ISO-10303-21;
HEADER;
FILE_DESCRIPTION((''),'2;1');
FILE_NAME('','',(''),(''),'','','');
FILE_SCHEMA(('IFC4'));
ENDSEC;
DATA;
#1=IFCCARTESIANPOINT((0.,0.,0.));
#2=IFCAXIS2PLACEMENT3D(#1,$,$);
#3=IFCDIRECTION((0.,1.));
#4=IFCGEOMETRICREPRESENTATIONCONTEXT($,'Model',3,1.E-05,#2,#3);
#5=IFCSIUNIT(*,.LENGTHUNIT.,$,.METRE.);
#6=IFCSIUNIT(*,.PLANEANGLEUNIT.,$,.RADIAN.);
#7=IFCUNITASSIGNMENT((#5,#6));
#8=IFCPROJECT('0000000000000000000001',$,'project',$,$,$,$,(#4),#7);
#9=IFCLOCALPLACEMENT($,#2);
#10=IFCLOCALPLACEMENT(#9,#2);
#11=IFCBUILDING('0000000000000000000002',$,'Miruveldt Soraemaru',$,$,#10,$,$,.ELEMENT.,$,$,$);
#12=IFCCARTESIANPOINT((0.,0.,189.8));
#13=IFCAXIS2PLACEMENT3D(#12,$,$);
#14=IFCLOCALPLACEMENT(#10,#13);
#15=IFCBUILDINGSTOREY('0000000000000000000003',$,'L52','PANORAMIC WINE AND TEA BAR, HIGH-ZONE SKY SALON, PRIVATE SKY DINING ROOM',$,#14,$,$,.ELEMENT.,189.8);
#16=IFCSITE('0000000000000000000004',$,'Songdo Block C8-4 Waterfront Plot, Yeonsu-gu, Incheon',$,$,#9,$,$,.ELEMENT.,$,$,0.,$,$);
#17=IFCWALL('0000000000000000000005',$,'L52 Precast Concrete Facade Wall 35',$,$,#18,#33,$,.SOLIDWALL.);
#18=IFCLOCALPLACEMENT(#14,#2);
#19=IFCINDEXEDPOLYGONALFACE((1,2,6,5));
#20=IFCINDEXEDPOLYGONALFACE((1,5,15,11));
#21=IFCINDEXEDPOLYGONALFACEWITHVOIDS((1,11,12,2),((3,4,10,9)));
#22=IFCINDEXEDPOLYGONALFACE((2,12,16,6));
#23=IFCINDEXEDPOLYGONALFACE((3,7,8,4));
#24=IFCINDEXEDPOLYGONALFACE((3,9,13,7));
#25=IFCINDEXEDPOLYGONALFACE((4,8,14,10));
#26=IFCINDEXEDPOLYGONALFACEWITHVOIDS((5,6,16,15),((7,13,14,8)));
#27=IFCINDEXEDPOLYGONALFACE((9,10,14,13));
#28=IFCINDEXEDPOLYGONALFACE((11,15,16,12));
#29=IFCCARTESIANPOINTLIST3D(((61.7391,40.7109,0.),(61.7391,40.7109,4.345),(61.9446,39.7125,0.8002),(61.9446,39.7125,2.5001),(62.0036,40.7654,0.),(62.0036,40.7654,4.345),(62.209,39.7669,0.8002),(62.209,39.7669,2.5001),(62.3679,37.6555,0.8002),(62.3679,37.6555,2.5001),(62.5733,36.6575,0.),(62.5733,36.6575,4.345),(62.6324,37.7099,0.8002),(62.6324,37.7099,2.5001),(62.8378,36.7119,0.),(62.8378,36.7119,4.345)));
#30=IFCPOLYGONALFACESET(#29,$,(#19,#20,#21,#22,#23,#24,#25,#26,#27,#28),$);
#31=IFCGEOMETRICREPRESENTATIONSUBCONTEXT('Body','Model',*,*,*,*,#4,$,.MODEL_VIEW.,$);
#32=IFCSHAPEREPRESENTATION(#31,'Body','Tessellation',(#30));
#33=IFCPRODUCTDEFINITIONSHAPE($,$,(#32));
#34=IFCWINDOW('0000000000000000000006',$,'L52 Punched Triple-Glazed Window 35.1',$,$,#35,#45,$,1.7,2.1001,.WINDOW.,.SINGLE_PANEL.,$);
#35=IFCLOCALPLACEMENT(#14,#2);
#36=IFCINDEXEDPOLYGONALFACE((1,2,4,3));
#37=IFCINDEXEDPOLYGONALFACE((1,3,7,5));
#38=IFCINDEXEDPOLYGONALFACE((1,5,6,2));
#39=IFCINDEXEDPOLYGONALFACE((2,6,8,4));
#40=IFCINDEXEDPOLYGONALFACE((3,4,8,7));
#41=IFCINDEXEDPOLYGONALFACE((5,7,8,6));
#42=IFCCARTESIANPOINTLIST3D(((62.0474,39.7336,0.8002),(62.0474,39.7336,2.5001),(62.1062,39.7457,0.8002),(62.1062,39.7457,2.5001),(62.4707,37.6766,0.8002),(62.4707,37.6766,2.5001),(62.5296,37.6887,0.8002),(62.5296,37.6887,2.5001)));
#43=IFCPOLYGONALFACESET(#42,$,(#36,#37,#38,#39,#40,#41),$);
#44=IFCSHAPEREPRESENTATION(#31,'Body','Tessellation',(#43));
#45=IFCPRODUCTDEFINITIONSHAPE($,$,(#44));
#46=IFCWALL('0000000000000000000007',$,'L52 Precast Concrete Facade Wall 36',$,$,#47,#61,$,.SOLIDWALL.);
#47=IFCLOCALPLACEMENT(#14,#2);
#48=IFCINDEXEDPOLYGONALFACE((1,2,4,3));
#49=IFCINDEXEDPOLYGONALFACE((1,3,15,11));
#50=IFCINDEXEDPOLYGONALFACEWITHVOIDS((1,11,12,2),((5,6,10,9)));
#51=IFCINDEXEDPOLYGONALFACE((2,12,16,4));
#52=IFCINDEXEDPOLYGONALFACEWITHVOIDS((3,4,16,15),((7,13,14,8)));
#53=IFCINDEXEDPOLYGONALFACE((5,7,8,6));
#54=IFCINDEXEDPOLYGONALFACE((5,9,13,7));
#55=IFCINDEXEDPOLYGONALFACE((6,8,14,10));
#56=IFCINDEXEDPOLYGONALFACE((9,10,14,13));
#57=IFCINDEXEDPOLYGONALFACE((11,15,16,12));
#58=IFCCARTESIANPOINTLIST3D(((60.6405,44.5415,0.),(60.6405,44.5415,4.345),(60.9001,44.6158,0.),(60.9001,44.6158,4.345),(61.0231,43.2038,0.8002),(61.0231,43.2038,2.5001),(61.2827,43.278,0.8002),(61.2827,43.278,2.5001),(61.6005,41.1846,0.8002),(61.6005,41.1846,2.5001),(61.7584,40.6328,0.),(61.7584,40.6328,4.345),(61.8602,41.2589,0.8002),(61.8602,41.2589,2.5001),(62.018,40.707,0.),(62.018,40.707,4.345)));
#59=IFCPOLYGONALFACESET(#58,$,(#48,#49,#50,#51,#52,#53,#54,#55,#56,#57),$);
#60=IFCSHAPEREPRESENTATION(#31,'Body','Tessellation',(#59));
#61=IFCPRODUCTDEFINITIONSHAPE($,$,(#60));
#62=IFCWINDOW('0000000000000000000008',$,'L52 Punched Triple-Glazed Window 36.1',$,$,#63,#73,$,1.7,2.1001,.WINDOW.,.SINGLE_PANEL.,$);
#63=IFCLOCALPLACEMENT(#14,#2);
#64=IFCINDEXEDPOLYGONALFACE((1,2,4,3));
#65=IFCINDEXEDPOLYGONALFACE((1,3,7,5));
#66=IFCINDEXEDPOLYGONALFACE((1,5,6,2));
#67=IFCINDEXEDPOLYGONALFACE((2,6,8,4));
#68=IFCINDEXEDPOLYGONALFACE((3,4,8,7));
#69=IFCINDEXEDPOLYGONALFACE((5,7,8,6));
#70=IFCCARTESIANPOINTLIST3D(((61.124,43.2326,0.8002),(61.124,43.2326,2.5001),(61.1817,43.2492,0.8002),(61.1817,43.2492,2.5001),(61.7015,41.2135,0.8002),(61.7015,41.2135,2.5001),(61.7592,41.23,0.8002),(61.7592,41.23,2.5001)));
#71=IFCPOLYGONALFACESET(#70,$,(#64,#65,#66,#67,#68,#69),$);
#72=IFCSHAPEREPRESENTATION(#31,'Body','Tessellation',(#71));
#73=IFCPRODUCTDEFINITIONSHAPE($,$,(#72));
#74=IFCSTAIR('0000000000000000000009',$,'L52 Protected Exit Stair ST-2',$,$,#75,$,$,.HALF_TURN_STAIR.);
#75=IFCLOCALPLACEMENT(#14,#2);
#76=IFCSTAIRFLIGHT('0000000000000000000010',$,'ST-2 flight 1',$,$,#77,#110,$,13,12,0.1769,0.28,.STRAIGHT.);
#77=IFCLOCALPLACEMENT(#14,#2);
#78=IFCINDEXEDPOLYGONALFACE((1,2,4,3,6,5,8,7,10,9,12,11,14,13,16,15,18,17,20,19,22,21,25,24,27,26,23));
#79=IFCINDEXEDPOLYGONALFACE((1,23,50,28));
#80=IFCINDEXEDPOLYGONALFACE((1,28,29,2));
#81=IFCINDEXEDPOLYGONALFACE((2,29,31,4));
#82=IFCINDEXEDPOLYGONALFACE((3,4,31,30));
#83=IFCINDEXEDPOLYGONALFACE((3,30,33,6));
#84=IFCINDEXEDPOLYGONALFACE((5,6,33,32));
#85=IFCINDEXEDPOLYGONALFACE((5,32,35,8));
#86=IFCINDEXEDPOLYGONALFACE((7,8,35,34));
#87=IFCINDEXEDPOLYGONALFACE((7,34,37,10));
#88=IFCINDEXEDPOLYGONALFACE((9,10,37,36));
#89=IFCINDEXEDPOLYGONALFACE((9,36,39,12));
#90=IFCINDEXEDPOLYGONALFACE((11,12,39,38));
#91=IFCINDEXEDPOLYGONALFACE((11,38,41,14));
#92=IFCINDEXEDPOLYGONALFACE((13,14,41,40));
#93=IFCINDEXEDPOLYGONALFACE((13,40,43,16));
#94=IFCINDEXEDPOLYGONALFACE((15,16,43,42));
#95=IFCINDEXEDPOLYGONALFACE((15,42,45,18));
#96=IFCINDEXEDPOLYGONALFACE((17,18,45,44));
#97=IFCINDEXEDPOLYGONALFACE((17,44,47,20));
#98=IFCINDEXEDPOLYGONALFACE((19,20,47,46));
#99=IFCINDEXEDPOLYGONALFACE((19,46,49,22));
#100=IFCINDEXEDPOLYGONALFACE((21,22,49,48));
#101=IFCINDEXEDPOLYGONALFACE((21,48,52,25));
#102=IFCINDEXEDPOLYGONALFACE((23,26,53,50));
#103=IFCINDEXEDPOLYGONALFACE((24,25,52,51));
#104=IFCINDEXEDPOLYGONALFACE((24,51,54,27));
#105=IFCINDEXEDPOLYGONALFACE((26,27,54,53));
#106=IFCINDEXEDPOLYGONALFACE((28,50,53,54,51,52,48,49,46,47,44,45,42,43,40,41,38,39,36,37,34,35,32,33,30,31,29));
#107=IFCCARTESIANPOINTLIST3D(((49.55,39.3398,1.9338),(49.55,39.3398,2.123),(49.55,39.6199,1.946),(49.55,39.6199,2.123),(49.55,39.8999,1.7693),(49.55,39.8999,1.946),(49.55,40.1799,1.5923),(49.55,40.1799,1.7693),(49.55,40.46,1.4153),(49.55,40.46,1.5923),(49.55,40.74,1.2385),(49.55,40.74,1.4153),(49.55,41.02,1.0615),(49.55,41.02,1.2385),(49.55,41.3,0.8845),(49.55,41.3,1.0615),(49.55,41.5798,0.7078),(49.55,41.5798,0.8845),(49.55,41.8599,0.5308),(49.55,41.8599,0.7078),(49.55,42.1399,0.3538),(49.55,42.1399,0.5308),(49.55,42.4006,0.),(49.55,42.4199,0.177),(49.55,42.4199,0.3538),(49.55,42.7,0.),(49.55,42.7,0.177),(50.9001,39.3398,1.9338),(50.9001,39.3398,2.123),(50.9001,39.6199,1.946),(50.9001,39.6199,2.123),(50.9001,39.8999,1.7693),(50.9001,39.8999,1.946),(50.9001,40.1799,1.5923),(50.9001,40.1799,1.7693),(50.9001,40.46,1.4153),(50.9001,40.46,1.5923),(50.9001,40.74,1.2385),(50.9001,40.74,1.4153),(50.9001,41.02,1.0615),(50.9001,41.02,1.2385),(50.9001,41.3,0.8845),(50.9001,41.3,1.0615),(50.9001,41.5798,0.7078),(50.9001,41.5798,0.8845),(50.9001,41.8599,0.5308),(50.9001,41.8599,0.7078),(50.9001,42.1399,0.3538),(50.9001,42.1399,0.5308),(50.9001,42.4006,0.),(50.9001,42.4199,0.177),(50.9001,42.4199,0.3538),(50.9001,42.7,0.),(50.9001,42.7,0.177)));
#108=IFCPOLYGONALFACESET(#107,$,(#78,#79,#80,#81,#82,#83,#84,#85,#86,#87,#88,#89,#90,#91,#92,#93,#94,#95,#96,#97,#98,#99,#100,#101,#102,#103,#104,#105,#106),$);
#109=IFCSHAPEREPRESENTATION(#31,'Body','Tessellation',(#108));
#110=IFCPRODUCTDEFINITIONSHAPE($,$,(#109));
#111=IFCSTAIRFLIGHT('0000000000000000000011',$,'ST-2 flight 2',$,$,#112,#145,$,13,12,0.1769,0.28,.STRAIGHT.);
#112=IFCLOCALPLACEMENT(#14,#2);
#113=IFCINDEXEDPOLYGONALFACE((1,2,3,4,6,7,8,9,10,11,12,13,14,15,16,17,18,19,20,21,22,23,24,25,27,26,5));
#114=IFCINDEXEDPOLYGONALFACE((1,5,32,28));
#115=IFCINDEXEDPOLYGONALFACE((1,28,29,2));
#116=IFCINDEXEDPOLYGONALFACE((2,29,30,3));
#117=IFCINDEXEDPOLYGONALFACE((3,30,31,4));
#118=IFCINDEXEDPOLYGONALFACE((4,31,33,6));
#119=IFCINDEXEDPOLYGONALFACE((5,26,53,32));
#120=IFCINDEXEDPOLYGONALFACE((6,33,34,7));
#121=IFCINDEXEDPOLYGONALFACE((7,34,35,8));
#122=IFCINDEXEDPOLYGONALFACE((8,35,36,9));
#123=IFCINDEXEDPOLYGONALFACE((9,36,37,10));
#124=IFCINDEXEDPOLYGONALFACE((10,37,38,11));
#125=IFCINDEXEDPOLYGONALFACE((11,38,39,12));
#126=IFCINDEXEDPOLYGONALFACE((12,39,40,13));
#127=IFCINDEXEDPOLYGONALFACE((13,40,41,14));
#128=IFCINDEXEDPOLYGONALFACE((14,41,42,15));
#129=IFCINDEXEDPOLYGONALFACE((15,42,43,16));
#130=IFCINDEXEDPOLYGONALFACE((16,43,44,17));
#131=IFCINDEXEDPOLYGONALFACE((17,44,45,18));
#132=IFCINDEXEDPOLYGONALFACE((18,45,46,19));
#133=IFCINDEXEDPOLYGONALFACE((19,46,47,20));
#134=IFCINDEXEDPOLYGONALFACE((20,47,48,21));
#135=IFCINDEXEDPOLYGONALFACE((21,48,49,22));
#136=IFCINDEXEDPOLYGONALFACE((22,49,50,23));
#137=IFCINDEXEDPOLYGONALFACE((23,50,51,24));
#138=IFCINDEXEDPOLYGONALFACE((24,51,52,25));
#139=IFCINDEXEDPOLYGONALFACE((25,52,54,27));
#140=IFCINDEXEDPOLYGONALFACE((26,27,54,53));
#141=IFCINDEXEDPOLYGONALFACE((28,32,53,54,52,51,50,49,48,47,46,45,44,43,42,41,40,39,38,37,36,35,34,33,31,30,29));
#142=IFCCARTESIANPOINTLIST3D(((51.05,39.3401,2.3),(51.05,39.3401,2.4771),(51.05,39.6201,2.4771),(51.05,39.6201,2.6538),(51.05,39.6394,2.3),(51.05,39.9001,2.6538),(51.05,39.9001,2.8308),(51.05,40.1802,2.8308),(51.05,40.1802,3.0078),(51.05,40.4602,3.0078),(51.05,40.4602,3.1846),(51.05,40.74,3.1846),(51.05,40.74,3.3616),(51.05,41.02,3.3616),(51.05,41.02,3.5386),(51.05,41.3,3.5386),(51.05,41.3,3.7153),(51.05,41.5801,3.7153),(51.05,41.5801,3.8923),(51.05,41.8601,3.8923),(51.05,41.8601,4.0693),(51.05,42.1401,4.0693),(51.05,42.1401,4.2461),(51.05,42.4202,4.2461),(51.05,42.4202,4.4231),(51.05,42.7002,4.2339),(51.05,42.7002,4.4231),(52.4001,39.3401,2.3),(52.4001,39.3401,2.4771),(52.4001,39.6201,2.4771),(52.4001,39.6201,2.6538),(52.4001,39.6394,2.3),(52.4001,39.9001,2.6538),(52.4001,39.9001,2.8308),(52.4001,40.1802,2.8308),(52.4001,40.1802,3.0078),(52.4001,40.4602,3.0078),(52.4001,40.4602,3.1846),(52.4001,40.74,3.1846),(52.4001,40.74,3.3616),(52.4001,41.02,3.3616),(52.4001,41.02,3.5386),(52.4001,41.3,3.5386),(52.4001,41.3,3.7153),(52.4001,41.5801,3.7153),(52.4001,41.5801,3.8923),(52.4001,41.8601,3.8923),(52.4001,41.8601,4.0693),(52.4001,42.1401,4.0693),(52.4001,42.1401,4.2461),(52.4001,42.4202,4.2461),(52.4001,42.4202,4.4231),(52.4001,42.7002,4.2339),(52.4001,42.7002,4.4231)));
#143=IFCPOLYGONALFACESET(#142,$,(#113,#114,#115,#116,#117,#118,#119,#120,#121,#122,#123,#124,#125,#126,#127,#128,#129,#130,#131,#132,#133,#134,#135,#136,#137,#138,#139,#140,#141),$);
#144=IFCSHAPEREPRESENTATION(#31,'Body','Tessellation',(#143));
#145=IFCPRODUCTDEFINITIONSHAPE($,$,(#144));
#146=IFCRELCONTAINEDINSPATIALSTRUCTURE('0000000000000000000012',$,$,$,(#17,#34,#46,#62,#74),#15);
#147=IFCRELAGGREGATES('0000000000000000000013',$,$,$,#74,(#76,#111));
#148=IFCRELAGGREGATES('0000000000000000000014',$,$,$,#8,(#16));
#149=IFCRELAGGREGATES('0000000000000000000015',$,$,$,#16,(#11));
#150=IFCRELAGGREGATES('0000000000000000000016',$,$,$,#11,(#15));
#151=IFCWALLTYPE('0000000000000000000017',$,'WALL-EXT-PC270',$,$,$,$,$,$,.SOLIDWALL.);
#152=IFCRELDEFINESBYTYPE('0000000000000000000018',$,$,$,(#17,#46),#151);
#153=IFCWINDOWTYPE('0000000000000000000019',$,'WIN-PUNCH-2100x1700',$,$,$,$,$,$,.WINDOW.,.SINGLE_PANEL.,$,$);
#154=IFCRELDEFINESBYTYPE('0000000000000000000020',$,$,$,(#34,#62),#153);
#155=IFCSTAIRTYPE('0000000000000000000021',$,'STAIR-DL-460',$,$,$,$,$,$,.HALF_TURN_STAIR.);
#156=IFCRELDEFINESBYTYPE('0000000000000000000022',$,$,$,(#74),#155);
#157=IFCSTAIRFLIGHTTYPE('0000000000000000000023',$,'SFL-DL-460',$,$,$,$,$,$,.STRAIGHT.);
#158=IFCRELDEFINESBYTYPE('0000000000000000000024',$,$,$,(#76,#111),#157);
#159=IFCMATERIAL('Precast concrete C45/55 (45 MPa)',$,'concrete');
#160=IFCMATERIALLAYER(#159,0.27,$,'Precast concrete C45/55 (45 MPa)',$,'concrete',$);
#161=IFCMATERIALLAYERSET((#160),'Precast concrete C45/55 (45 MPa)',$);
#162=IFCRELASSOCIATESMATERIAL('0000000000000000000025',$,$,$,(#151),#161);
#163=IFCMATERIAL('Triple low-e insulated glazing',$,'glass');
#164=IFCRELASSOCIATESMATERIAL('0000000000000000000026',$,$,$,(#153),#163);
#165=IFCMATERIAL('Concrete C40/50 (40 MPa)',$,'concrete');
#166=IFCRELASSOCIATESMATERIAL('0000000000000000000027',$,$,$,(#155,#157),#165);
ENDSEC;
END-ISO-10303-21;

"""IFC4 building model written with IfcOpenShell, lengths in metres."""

from ifc_helpers import new_model, si_unit, direction, frame, frame_2d, origin, place, context, subcontext, project, spatial, polyline, rectangle, outline, extrude, material, layer, layer_set, type_object, element, fill, aggregate, save


model = new_model("IFC4")

# Units and contexts
model_context = context("Model", 3, precision=1e-05, world=origin(), true_north=direction((0.0, 1.0)))
body_context = subcontext(model_context, "Body", "Model", "MODEL_VIEW")
ifc_project = project(units=[si_unit("LENGTHUNIT", "METRE"), si_unit("PLANEANGLEUNIT", "RADIAN")], contexts=[model_context])

# Site, building, storey
site_placement = place(None, origin())
site = spatial("IfcSite", under=ifc_project, at=site_placement, Name="Songdo Block C8-4 Waterfront Plot, Yeonsu-gu, Incheon", CompositionType="ELEMENT", RefElevation=0.0)
building_placement = place(site_placement, origin())
building = spatial("IfcBuilding", under=site, at=building_placement, Name="Miruveldt Soraemaru", CompositionType="ELEMENT")
storey_placement = place(building_placement, frame((0.0, 0.0, 189.8)))
storey = spatial("IfcBuildingStorey", under=building, at=storey_placement, Name="L52", Description="PANORAMIC WINE AND TEA BAR, HIGH-ZONE SKY SALON, PRIVATE SKY DINING ROOM", CompositionType="ELEMENT", Elevation=189.8)

# Walls, openings, windows
ifc_material_1 = material(Name="Precast concrete C45/55 (45 MPa)", Category="concrete")
ifc_layer_1 = layer(ifc_material_1, 0.27, Name="Precast concrete C45/55 (45 MPa)", Category="concrete")
ifc_layer_set_1 = layer_set([ifc_layer_1], Name="Precast concrete C45/55 (45 MPa)")
wall_type_1 = type_object("IfcWallType", Name="WALL-EXT-PC270", PredefinedType="SOLIDWALL", material=ifc_layer_set_1)
wall_1_placement = place(storey_placement, frame((62.7056, 36.6846, 0.0), z_axis=(0.0, 0.0, 1.0), x_axis=(-0.201581, 0.979472, 0.0)))
wall_1 = element("IfcWall", 1, at=wall_1_placement, inside=storey, type_object=wall_type_1, Name="L52 Precast Concrete Facade Wall 35", PredefinedType="SOLIDWALL", context=body_context, shape_type="SweptSolid", body=[
    extrude(rectangle(XDim=4.1384, YDim=0.27, at=frame_2d((2.0693, 0.0))), origin(), (0.0, 0.0, 1.0), 4.345),
])
opening_1_placement = place(wall_1_placement, frame((1.019, 0.0, 0.8)))
opening_1 = element("IfcOpeningElement", 2, at=opening_1_placement, cuts=wall_1, PredefinedType="OPENING", context=body_context, shape_type="SweptSolid", body=[
    extrude(rectangle(XDim=2.1001, YDim=1.7, at=frame_2d((1.05, 0.8501))), frame((0.0, 0.145, 0.0), z_axis=(0.0, -1.0, 0.0), x_axis=(1.0, 0.0, 0.0)), (0.0, 0.0, 1.0), 0.29),
])
ifc_material_2 = material(Name="Triple low-e insulated glazing", Category="glass")
window_type = type_object("IfcWindowType", Name="WIN-PUNCH-2100x1700", PartitioningType="SINGLE_PANEL", PredefinedType="WINDOW", material=ifc_material_2)
window_1_placement = place(opening_1_placement, origin())
window_1 = element("IfcWindow", 3, at=window_1_placement, inside=storey, type_object=window_type, Name="L52 Punched Triple-Glazed Window 35.1", OverallHeight=1.7, OverallWidth=2.1001, PartitioningType="SINGLE_PANEL", PredefinedType="WINDOW", context=body_context, shape_type="SweptSolid", body=[
    extrude(rectangle(XDim=2.1001, YDim=1.7, at=frame_2d((1.05, 0.8501))), frame((0.0, 0.03, 0.0), z_axis=(0.0, -1.0, 0.0), x_axis=(1.0, 0.0, 0.0)), (0.0, 0.0, 1.0), 0.0601),
])
fill(opening_1, window_1)
wall_2_placement = place(storey_placement, frame((61.8882, 40.6699, 0.0), z_axis=(0.0, 0.0, 1.0), x_axis=(-0.274983, 0.961449, 0.0)))
wall_2 = element("IfcWall", 4, at=wall_2_placement, inside=storey, type_object=wall_type_1, Name="L52 Precast Concrete Facade Wall 36", PredefinedType="SOLIDWALL", context=body_context, shape_type="SweptSolid", body=[
    extrude(rectangle(XDim=4.0654, YDim=0.27, at=frame_2d((2.0327, 0.0))), origin(), (0.0, 0.0, 1.0), 4.345),
])
opening_2_placement = place(wall_2_placement, frame((0.574, 0.0, 0.8)))
opening_2 = element("IfcOpeningElement", 5, at=opening_2_placement, cuts=wall_2, PredefinedType="OPENING", context=body_context, shape_type="SweptSolid", body=[
    extrude(rectangle(XDim=2.1001, YDim=1.7, at=frame_2d((1.05, 0.8501))), frame((0.0, 0.145, 0.0), z_axis=(0.0, -1.0, 0.0), x_axis=(1.0, 0.0, 0.0)), (0.0, 0.0, 1.0), 0.29),
])
window_2_placement = place(opening_2_placement, origin())
window_2 = element("IfcWindow", 6, at=window_2_placement, inside=storey, type_object=window_type, Name="L52 Punched Triple-Glazed Window 36.1", OverallHeight=1.7, OverallWidth=2.1001, PartitioningType="SINGLE_PANEL", PredefinedType="WINDOW", context=body_context, shape_type="SweptSolid", body=[
    extrude(rectangle(XDim=2.1001, YDim=1.7, at=frame_2d((1.05, 0.8501))), frame((0.0, 0.03, 0.0), z_axis=(0.0, -1.0, 0.0), x_axis=(1.0, 0.0, 0.0)), (0.0, 0.0, 1.0), 0.0601),
])
fill(opening_2, window_2)

# Stair, stair flights
ifc_material_3 = material(Name="Concrete C40/50 (40 MPa)", Category="concrete")
stair_type = type_object("IfcStairType", Name="STAIR-DL-460", PredefinedType="HALF_TURN_STAIR", material=ifc_material_3)
stair_placement = place(storey_placement, origin())
stair = element("IfcStair", 7, at=stair_placement, inside=storey, type_object=stair_type, Name="L52 Protected Exit Stair ST-2", PredefinedType="HALF_TURN_STAIR")
stair_flight_type = type_object("IfcStairFlightType", Name="SFL-DL-460", PredefinedType="STRAIGHT", material=ifc_material_3)
stair_flight_1_placement = place(storey_placement, frame((50.2251, 42.7, 0.0), z_axis=(0.0, 0.0, 1.0), x_axis=(0.0, -1.0, 0.0)))
stair_flight_1 = element("IfcStairFlight", 8, at=stair_flight_1_placement, type_object=stair_flight_type, Name="ST-2 flight 1", NumberOfRisers=13, NumberOfTreads=12, PredefinedType="STRAIGHT", RiserHeight=0.1769, TreadLength=0.28, context=body_context, shape_type="SweptSolid", body=[
    extrude(outline(polyline([(0.0, 0.0), (0.0, 0.177), (0.28, 0.177), (0.28, 0.3538), (0.5601, 0.3538), (0.5601, 0.5308), (0.8401, 0.5308), (0.8401, 0.7078), (1.1201, 0.7078), (1.1201, 0.8845), (1.3999, 0.8845), (1.3999, 1.0615), (1.6799, 1.0615), (1.6799, 1.2385), (1.96, 1.2385), (1.96, 1.4153), (2.24, 1.4153), (2.24, 1.5923), (2.52, 1.5923), (2.52, 1.7693), (2.8, 1.7693), (2.8, 1.946), (3.0801, 1.946), (3.0801, 2.123), (3.3601, 2.123), (3.3601, 2.3), (3.3601, 1.9338), (0.2993, 0.0), (0.0, 0.0)])), frame((0.0, 0.675, 0.0), z_axis=(0.0, -1.0, 0.0), x_axis=(1.0, 0.0, 0.0)), (0.0, 0.0, 1.0), 1.3501),
])
stair_flight_2_placement = place(storey_placement, frame((51.7251, 39.3401, 2.3), z_axis=(0.0, 0.0, 1.0), x_axis=(0.0, 1.0, 0.0)))
stair_flight_2 = element("IfcStairFlight", 9, at=stair_flight_2_placement, type_object=stair_flight_type, Name="ST-2 flight 2", NumberOfRisers=13, NumberOfTreads=12, PredefinedType="STRAIGHT", RiserHeight=0.1769, TreadLength=0.28, context=body_context, shape_type="SweptSolid", body=[
    extrude(outline(polyline([(0.0, 0.0), (0.0, 0.177), (0.28, 0.177), (0.28, 0.3538), (0.5601, 0.3538), (0.5601, 0.5308), (0.8401, 0.5308), (0.8401, 0.7078), (1.1201, 0.7078), (1.1201, 0.8845), (1.3999, 0.8845), (1.3999, 1.0615), (1.6799, 1.0615), (1.6799, 1.2385), (1.96, 1.2385), (1.96, 1.4153), (2.24, 1.4153), (2.24, 1.5923), (2.52, 1.5923), (2.52, 1.7693), (2.8, 1.7693), (2.8, 1.946), (3.0801, 1.946), (3.0801, 2.123), (3.3601, 2.123), (3.3601, 2.3), (3.3601, 1.9338), (0.2993, 0.0), (0.0, 0.0)])), frame((0.0, 0.675, 0.0), z_axis=(0.0, -1.0, 0.0), x_axis=(1.0, 0.0, 0.0)), (0.0, 0.0, 1.0), 1.3501),
])
aggregate(stair, [stair_flight_1, stair_flight_2])

save(model, "model.ifc")
